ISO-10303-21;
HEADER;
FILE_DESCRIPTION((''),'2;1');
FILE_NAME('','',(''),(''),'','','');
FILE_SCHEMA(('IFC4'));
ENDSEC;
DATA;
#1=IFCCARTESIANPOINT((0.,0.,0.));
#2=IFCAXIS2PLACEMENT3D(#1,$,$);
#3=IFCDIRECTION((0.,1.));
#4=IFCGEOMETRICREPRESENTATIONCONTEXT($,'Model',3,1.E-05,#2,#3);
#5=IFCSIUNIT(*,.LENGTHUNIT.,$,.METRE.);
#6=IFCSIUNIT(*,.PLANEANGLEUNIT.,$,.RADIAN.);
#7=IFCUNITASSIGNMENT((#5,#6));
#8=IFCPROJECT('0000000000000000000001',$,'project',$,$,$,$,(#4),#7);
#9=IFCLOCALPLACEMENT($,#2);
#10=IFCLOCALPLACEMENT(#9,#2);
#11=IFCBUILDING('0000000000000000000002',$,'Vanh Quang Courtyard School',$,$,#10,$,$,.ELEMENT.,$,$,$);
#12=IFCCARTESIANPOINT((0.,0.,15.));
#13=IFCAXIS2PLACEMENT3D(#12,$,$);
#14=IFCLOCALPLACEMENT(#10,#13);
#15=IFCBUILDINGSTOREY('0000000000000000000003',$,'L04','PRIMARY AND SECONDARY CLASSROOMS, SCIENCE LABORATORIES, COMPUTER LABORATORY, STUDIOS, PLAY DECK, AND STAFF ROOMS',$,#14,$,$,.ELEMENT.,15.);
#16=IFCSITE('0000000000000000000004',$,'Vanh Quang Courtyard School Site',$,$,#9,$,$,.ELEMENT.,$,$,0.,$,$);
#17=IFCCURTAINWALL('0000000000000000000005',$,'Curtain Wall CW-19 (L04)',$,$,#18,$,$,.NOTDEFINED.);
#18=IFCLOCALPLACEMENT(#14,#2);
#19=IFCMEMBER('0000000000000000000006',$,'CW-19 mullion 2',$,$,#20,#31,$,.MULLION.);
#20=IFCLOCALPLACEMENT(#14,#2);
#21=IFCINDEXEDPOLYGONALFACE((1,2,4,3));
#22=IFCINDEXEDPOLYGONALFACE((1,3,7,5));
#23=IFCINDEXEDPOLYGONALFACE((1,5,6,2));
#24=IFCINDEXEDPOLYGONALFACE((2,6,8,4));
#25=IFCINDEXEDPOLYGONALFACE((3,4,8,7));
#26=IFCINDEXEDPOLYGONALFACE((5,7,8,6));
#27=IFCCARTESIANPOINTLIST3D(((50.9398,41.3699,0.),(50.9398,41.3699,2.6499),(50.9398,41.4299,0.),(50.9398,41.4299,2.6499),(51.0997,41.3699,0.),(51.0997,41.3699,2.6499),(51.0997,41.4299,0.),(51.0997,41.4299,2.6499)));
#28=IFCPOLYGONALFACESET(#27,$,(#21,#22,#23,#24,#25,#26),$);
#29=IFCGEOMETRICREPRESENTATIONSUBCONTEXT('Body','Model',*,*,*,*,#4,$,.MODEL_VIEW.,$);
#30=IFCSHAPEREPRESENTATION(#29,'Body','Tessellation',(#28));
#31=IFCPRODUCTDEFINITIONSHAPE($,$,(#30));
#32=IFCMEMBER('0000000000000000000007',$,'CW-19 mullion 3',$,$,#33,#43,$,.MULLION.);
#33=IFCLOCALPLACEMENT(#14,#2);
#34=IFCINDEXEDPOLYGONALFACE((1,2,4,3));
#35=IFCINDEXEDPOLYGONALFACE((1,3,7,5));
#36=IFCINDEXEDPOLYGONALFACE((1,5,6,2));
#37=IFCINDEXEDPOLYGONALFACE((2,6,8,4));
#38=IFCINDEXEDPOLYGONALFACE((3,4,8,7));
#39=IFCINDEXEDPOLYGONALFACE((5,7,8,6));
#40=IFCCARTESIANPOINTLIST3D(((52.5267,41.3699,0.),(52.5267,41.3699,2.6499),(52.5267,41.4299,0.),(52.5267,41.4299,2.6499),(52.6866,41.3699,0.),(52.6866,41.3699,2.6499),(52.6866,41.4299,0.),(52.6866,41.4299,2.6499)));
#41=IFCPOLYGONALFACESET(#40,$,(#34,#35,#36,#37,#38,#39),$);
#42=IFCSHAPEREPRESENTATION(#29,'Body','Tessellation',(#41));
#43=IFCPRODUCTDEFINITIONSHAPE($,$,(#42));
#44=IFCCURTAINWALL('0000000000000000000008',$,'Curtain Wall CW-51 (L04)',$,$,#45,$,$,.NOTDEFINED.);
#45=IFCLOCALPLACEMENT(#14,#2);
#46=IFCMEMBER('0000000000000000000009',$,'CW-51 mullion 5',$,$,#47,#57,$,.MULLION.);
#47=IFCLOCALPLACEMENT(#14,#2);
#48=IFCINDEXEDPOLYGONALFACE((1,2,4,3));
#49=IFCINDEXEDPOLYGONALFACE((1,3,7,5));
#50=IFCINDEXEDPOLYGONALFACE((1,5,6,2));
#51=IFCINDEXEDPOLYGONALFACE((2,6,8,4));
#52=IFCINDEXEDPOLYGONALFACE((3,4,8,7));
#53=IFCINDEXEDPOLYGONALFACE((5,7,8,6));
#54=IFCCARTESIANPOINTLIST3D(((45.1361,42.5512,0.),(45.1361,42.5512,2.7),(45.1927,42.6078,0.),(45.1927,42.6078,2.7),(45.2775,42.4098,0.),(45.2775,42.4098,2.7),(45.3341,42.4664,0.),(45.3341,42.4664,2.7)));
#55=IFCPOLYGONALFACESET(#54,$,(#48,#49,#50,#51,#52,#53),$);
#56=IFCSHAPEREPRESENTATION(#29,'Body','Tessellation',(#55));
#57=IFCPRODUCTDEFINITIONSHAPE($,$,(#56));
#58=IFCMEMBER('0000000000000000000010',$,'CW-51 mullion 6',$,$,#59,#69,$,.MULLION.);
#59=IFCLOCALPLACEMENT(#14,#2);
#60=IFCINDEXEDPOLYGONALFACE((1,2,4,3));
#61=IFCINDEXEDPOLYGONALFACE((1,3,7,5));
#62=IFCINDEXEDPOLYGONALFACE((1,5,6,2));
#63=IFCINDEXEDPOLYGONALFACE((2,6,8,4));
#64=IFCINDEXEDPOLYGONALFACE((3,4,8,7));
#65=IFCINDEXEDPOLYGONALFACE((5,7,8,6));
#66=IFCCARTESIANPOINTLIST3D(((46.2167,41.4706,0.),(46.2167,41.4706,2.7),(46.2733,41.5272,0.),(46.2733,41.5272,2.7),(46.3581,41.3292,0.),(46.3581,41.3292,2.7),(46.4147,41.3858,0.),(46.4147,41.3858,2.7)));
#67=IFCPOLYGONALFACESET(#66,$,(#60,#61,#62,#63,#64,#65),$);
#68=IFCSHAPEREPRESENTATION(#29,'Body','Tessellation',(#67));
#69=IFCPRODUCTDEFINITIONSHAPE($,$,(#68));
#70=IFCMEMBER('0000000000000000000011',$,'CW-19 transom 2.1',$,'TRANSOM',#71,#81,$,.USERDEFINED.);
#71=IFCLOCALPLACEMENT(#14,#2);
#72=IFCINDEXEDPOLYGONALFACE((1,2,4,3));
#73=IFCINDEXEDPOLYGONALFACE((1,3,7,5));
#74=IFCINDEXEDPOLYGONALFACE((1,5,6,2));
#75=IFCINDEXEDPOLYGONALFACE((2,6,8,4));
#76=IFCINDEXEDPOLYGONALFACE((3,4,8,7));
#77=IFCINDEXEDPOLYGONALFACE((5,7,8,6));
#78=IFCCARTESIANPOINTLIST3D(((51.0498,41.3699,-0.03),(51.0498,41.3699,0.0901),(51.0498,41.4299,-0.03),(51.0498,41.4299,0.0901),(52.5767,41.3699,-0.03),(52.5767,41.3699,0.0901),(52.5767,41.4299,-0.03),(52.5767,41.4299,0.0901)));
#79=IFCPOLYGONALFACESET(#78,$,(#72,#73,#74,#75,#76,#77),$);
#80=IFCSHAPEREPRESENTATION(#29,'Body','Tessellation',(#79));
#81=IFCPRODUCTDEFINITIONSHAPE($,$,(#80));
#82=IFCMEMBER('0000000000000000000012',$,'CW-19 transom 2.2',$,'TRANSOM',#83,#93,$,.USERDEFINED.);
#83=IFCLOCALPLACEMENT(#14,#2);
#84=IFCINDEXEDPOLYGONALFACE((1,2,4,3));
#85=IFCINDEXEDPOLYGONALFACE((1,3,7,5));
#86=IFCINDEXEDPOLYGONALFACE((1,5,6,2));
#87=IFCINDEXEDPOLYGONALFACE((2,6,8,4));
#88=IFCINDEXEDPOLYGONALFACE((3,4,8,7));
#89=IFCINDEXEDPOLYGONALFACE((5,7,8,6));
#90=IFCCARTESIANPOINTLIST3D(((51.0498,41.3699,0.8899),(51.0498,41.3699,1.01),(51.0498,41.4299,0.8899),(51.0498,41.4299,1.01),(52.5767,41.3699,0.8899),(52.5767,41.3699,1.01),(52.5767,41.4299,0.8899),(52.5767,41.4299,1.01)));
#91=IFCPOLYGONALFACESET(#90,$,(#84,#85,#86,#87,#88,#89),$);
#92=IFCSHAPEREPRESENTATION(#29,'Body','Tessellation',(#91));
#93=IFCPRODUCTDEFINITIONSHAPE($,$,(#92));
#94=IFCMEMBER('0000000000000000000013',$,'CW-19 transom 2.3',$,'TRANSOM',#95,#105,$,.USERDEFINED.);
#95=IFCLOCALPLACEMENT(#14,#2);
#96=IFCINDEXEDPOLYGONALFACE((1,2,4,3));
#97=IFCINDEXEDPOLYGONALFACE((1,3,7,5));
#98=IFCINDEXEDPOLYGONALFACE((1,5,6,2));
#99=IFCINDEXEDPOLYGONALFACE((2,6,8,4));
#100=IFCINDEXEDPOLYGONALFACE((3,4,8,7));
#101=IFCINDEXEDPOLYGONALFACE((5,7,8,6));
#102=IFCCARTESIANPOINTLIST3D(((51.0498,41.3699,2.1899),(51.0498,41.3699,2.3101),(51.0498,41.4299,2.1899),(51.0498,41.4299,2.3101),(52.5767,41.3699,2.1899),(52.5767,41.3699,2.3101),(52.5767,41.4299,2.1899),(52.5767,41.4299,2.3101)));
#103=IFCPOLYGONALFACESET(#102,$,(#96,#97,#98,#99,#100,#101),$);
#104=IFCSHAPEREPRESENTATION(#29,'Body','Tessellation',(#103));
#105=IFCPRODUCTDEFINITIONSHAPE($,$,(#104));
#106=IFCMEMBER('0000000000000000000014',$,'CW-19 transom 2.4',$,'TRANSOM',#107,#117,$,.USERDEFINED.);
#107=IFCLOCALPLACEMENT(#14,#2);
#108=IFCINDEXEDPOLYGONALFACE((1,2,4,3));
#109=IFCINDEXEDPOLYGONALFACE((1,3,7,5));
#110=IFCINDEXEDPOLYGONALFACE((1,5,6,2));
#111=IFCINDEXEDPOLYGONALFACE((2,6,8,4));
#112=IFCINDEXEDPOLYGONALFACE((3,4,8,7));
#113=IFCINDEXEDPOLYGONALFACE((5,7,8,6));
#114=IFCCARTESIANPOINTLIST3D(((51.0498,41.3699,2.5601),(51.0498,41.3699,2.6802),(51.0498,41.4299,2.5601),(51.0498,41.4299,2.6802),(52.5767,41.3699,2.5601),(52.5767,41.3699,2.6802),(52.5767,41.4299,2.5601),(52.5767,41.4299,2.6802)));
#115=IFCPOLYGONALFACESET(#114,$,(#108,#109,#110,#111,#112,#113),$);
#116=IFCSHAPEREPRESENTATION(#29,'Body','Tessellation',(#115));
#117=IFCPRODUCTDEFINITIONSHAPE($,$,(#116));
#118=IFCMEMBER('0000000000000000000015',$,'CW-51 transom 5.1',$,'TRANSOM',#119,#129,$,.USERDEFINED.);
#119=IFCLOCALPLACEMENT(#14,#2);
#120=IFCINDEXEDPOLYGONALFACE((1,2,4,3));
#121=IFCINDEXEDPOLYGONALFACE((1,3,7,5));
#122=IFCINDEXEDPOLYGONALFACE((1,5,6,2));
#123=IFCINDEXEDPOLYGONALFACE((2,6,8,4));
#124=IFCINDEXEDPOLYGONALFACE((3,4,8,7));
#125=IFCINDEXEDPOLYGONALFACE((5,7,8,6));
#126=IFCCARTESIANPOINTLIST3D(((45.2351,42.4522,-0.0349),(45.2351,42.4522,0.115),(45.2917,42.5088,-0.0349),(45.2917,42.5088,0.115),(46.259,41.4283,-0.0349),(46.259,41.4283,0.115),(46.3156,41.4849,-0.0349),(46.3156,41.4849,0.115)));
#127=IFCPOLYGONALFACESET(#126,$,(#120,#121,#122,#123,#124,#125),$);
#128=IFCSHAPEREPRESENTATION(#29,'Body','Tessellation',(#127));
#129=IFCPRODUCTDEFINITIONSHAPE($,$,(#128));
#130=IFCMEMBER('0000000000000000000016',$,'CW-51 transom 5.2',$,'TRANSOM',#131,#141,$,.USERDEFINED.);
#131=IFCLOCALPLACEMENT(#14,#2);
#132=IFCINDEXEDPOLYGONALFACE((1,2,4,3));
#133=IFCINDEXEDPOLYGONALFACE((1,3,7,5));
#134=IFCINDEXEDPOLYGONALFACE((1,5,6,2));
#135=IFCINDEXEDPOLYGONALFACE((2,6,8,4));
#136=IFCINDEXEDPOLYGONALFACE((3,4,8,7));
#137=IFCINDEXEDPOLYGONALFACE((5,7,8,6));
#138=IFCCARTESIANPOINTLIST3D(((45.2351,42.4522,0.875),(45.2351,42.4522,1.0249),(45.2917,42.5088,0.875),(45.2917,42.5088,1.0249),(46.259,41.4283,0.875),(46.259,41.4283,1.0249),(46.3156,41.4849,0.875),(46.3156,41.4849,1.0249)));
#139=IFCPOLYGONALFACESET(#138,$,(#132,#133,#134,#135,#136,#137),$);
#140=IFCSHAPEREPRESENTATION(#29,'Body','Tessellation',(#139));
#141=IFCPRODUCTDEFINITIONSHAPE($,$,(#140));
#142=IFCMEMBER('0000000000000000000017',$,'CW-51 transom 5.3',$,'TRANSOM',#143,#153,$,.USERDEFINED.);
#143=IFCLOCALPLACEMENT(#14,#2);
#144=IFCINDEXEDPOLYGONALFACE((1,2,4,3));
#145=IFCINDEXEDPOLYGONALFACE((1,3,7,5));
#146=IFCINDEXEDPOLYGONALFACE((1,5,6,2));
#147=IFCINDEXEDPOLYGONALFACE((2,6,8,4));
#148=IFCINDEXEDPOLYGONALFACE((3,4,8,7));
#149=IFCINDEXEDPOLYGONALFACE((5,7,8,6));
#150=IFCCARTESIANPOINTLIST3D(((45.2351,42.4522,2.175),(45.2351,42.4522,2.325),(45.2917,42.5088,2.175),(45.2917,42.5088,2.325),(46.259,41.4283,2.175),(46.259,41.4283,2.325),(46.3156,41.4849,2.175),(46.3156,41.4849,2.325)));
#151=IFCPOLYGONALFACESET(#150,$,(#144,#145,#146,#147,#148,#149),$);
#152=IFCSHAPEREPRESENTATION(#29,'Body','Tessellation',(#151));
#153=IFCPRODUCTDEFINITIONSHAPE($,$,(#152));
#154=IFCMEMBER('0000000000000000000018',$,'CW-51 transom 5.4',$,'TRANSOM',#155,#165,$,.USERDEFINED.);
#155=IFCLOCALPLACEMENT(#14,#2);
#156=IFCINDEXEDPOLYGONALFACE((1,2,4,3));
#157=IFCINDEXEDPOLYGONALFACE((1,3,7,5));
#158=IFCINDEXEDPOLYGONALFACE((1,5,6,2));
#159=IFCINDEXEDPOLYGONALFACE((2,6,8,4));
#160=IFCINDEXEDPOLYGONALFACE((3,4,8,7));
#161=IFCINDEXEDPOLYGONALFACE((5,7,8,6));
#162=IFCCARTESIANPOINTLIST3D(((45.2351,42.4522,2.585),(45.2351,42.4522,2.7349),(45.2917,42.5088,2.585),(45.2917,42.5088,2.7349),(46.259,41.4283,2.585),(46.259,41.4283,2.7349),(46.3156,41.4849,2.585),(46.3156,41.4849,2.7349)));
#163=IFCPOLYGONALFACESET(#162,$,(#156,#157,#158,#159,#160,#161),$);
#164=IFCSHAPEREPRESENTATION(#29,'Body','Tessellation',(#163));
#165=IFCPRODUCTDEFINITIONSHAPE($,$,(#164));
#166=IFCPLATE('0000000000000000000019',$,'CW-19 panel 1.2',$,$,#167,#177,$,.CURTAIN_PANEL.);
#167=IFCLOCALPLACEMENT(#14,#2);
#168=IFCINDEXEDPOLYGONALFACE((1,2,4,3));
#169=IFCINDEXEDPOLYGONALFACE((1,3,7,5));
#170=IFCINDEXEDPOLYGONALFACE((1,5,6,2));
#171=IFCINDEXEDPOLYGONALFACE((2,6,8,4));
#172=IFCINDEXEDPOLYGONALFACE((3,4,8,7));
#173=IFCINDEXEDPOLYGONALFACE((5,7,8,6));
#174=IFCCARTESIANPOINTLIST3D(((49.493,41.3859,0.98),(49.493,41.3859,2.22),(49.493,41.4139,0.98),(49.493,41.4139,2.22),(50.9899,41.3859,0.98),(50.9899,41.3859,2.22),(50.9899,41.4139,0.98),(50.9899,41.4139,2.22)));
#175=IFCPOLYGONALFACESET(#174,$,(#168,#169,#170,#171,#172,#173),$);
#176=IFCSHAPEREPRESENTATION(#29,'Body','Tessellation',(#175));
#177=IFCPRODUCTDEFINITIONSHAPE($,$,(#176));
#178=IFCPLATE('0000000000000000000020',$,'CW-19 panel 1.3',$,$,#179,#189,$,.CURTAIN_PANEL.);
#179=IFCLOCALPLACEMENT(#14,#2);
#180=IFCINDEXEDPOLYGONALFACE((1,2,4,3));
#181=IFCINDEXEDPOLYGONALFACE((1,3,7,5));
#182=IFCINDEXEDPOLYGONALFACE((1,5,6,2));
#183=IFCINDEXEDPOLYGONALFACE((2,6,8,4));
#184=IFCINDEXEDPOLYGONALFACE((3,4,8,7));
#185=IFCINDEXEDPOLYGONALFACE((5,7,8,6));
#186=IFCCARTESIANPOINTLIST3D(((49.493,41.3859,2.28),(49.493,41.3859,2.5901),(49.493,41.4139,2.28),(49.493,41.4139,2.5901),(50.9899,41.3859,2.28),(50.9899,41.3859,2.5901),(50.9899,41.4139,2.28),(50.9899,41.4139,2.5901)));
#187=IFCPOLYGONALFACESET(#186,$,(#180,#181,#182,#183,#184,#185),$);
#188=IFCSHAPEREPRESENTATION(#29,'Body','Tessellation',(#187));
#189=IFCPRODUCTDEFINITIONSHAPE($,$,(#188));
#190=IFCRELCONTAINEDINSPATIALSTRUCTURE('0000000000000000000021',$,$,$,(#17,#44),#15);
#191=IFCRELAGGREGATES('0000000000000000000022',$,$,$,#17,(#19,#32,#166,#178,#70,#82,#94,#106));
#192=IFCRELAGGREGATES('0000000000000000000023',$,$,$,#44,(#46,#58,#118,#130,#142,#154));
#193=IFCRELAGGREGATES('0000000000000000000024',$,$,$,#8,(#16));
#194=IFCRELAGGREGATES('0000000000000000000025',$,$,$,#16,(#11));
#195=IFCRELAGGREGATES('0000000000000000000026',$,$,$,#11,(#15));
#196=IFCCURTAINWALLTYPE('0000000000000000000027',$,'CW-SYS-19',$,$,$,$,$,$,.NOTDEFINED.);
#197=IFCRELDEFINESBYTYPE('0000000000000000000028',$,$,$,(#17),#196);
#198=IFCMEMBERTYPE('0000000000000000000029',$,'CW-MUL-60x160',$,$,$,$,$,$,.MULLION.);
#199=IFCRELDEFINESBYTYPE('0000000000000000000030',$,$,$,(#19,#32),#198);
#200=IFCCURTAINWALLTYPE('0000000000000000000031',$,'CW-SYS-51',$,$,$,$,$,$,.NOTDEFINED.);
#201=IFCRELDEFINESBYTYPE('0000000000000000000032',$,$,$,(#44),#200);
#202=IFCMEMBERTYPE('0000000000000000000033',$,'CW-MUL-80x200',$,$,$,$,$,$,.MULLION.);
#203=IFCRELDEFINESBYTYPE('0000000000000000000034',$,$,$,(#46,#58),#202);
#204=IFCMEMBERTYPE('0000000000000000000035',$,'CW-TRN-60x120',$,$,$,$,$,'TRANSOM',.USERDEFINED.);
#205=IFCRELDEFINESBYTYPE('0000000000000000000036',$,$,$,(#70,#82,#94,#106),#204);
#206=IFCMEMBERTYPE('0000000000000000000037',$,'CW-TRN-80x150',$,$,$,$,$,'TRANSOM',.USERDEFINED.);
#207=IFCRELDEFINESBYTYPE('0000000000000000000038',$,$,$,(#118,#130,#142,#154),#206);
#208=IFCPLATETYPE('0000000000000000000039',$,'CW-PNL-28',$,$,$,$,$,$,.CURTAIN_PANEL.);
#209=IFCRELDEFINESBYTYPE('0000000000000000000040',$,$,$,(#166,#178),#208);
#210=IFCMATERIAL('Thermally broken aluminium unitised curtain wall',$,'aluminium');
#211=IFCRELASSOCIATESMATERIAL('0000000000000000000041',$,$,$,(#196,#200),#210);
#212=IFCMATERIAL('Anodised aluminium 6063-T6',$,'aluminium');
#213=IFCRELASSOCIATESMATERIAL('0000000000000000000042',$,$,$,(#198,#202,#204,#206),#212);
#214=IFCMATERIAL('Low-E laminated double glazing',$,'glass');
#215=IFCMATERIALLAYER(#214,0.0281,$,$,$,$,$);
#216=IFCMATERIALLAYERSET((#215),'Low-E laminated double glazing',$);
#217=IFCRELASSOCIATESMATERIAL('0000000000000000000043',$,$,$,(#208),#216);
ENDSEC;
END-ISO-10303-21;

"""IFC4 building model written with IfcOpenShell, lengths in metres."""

from ifc_helpers import new_model, si_unit, direction, frame, origin, origin_2d, place, context, subcontext, project, spatial, rectangle, extrude, material, layer, layer_set, material_profile, profile_set, type_object, element, aggregate, save


model = new_model("IFC4")

# Units and contexts
model_context = context("Model", 3, precision=1e-05, world=origin(), true_north=direction((0.0, 1.0)))
body_context = subcontext(model_context, "Body", "Model", "MODEL_VIEW")
ifc_project = project(units=[si_unit("LENGTHUNIT", "METRE"), si_unit("PLANEANGLEUNIT", "RADIAN")], contexts=[model_context])

# Site, building, storey
site_placement = place(None, origin())
site = spatial("IfcSite", under=ifc_project, at=site_placement, Name="Vanh Quang Courtyard School Site", CompositionType="ELEMENT", RefElevation=0.0)
building_placement = place(site_placement, origin())
building = spatial("IfcBuilding", under=site, at=building_placement, Name="Vanh Quang Courtyard School", CompositionType="ELEMENT")
storey_placement = place(building_placement, frame((0.0, 0.0, 15.0)))
storey = spatial("IfcBuildingStorey", under=building, at=storey_placement, Name="L04", Description="PRIMARY AND SECONDARY CLASSROOMS, SCIENCE LABORATORIES, COMPUTER LABORATORY, STUDIOS, PLAY DECK, AND STAFF ROOMS", CompositionType="ELEMENT", Elevation=15.0)

# Curtain walls, members
ifc_material_1 = material(Name="Thermally broken aluminium unitised curtain wall", Category="aluminium")
curtain_wall_type_1 = type_object("IfcCurtainWallType", Name="CW-SYS-19", PredefinedType="NOTDEFINED", material=ifc_material_1)
curtain_wall_1_placement = place(storey_placement, origin())
curtain_wall_1 = element("IfcCurtainWall", 1, at=curtain_wall_1_placement, inside=storey, type_object=curtain_wall_type_1, Name="Curtain Wall CW-19 (L04)", PredefinedType="NOTDEFINED")
ifc_material_2 = material(Name="Anodised aluminium 6063-T6", Category="aluminium")
ifc_material_profile_1 = material_profile(ifc_material_2, rectangle(XDim=0.0601, YDim=0.1599, at=origin_2d()), Name="ALU-MUL 60x160")
ifc_profile_set_1 = profile_set([ifc_material_profile_1], Name="Anodised aluminium 6063-T6")
member_type_1 = type_object("IfcMemberType", Name="CW-MUL-60x160", PredefinedType="MULLION", material=ifc_profile_set_1)
member_1_placement = place(storey_placement, frame((51.0198, 41.3999, 0.0), z_axis=(0.0, 0.0, 1.0), x_axis=(0.0, 1.0, 0.0)))
member_1 = element("IfcMember", 2, at=member_1_placement, type_object=member_type_1, Name="CW-19 mullion 2", PredefinedType="MULLION", context=body_context, shape_type="SweptSolid", body=[
    extrude(rectangle(XDim=0.0601, YDim=0.1599, at=origin_2d()), origin(), (0.0, 0.0, 1.0), 2.6499),
])
member_2_placement = place(storey_placement, frame((52.6067, 41.3999, 0.0), z_axis=(0.0, 0.0, 1.0), x_axis=(0.0, 1.0, 0.0)))
member_2 = element("IfcMember", 3, at=member_2_placement, type_object=member_type_1, Name="CW-19 mullion 3", PredefinedType="MULLION", context=body_context, shape_type="SweptSolid", body=[
    extrude(rectangle(XDim=0.0601, YDim=0.1599, at=origin_2d()), origin(), (0.0, 0.0, 1.0), 2.6499),
])
curtain_wall_type_2 = type_object("IfcCurtainWallType", Name="CW-SYS-51", PredefinedType="NOTDEFINED", material=ifc_material_1)
curtain_wall_2_placement = place(storey_placement, origin())
curtain_wall_2 = element("IfcCurtainWall", 4, at=curtain_wall_2_placement, inside=storey, type_object=curtain_wall_type_2, Name="Curtain Wall CW-51 (L04)", PredefinedType="NOTDEFINED")
ifc_material_profile_2 = material_profile(ifc_material_2, rectangle(XDim=0.0801, YDim=0.2, at=origin_2d()), Name="ALU-MUL 80x200")
ifc_profile_set_2 = profile_set([ifc_material_profile_2], Name="Anodised aluminium 6063-T6")
member_type_2 = type_object("IfcMemberType", Name="CW-MUL-80x200", PredefinedType="MULLION", material=ifc_profile_set_2)
member_3_placement = place(storey_placement, frame((45.2351, 42.5088, 0.0), z_axis=(0.0, 0.0, 1.0), x_axis=(0.707107, 0.707107, 0.0)))
member_3 = element("IfcMember", 5, at=member_3_placement, type_object=member_type_2, Name="CW-51 mullion 5", PredefinedType="MULLION", context=body_context, shape_type="SweptSolid", body=[
    extrude(rectangle(XDim=0.0801, YDim=0.2, at=origin_2d()), origin(), (0.0, 0.0, 1.0), 2.7),
])
member_4_placement = place(storey_placement, frame((46.3157, 41.4282, 0.0), z_axis=(0.0, 0.0, 1.0), x_axis=(0.707107, 0.707107, 0.0)))
member_4 = element("IfcMember", 6, at=member_4_placement, type_object=member_type_2, Name="CW-51 mullion 6", PredefinedType="MULLION", context=body_context, shape_type="SweptSolid", body=[
    extrude(rectangle(XDim=0.0801, YDim=0.2, at=origin_2d()), origin(), (0.0, 0.0, 1.0), 2.7),
])

# Members
ifc_material_profile_3 = material_profile(ifc_material_2, rectangle(XDim=0.0601, YDim=0.1201, at=origin_2d()), Name="ALU-TRN 60x120")
ifc_profile_set_3 = profile_set([ifc_material_profile_3], Name="Anodised aluminium 6063-T6")
member_type_3 = type_object("IfcMemberType", Name="CW-TRN-60x120", ElementType="TRANSOM", PredefinedType="USERDEFINED", material=ifc_profile_set_3)
member_5_placement = place(storey_placement, frame((51.0498, 41.3999, 0.03), z_axis=(1.0, 0.0, 0.0), x_axis=(0.0, 1.0, 0.0)))
member_5 = element("IfcMember", 7, at=member_5_placement, type_object=member_type_3, Name="CW-19 transom 2.1", ObjectType="TRANSOM", PredefinedType="USERDEFINED", context=body_context, shape_type="SweptSolid", body=[
    extrude(rectangle(XDim=0.0601, YDim=0.1201, at=origin_2d()), origin(), (0.0, 0.0, 1.0), 1.5269),
])
member_6_placement = place(storey_placement, frame((51.0498, 41.3999, 0.95), z_axis=(1.0, 0.0, 0.0), x_axis=(0.0, 1.0, 0.0)))
member_6 = element("IfcMember", 8, at=member_6_placement, type_object=member_type_3, Name="CW-19 transom 2.2", ObjectType="TRANSOM", PredefinedType="USERDEFINED", context=body_context, shape_type="SweptSolid", body=[
    extrude(rectangle(XDim=0.0601, YDim=0.1201, at=origin_2d()), origin(), (0.0, 0.0, 1.0), 1.5269),
])
member_7_placement = place(storey_placement, frame((51.0498, 41.3999, 2.25), z_axis=(1.0, 0.0, 0.0), x_axis=(0.0, 1.0, 0.0)))
member_7 = element("IfcMember", 9, at=member_7_placement, type_object=member_type_3, Name="CW-19 transom 2.3", ObjectType="TRANSOM", PredefinedType="USERDEFINED", context=body_context, shape_type="SweptSolid", body=[
    extrude(rectangle(XDim=0.0601, YDim=0.1201, at=origin_2d()), origin(), (0.0, 0.0, 1.0), 1.5269),
])
member_8_placement = place(storey_placement, frame((51.0498, 41.3999, 2.6201), z_axis=(1.0, 0.0, 0.0), x_axis=(0.0, 1.0, 0.0)))
member_8 = element("IfcMember", 10, at=member_8_placement, type_object=member_type_3, Name="CW-19 transom 2.4", ObjectType="TRANSOM", PredefinedType="USERDEFINED", context=body_context, shape_type="SweptSolid", body=[
    extrude(rectangle(XDim=0.0601, YDim=0.1201, at=origin_2d()), origin(), (0.0, 0.0, 1.0), 1.5269),
])
ifc_material_profile_4 = material_profile(ifc_material_2, rectangle(XDim=0.0801, YDim=0.1499, at=origin_2d()), Name="ALU-TRN 80x150")
ifc_profile_set_4 = profile_set([ifc_material_profile_4], Name="Anodised aluminium 6063-T6")
member_type_4 = type_object("IfcMemberType", Name="CW-TRN-80x150", ElementType="TRANSOM", PredefinedType="USERDEFINED", material=ifc_profile_set_4)
member_9_placement = place(storey_placement, frame((45.2634, 42.4805, 0.04), z_axis=(0.707107, -0.707107, 0.0), x_axis=(0.707107, 0.707107, 0.0)))
member_9 = element("IfcMember", 11, at=member_9_placement, type_object=member_type_4, Name="CW-51 transom 5.1", ObjectType="TRANSOM", PredefinedType="USERDEFINED", context=body_context, shape_type="SweptSolid", body=[
    extrude(rectangle(XDim=0.0801, YDim=0.1499, at=origin_2d()), origin(), (0.0, 0.0, 1.0), 1.448),
])
member_10_placement = place(storey_placement, frame((45.2634, 42.4805, 0.95), z_axis=(0.707107, -0.707107, 0.0), x_axis=(0.707107, 0.707107, 0.0)))
member_10 = element("IfcMember", 12, at=member_10_placement, type_object=member_type_4, Name="CW-51 transom 5.2", ObjectType="TRANSOM", PredefinedType="USERDEFINED", context=body_context, shape_type="SweptSolid", body=[
    extrude(rectangle(XDim=0.0801, YDim=0.1499, at=origin_2d()), origin(), (0.0, 0.0, 1.0), 1.448),
])
member_11_placement = place(storey_placement, frame((45.2634, 42.4805, 2.25), z_axis=(0.707107, -0.707107, 0.0), x_axis=(0.707107, 0.707107, 0.0)))
member_11 = element("IfcMember", 13, at=member_11_placement, type_object=member_type_4, Name="CW-51 transom 5.3", ObjectType="TRANSOM", PredefinedType="USERDEFINED", context=body_context, shape_type="SweptSolid", body=[
    extrude(rectangle(XDim=0.0801, YDim=0.1499, at=origin_2d()), origin(), (0.0, 0.0, 1.0), 1.448),
])
member_12_placement = place(storey_placement, frame((45.2634, 42.4805, 2.6599), z_axis=(0.707107, -0.707107, 0.0), x_axis=(0.707107, 0.707107, 0.0)))
member_12 = element("IfcMember", 14, at=member_12_placement, type_object=member_type_4, Name="CW-51 transom 5.4", ObjectType="TRANSOM", PredefinedType="USERDEFINED", context=body_context, shape_type="SweptSolid", body=[
    extrude(rectangle(XDim=0.0801, YDim=0.1499, at=origin_2d()), origin(), (0.0, 0.0, 1.0), 1.448),
])

# Plates
ifc_material_3 = material(Name="Low-E laminated double glazing", Category="glass")
ifc_layer_1 = layer(ifc_material_3, 0.0281)
ifc_layer_set_1 = layer_set([ifc_layer_1], Name="Low-E laminated double glazing")
plate_type_1 = type_object("IfcPlateType", Name="CW-PNL-28", PredefinedType="CURTAIN_PANEL", material=ifc_layer_set_1)
plate_1_placement = place(storey_placement, frame((50.2415, 41.3999, 0.98), z_axis=(0.0, 0.0, 1.0), x_axis=(1.0, 0.0, 0.0)))
plate_1 = element("IfcPlate", 15, at=plate_1_placement, type_object=plate_type_1, Name="CW-19 panel 1.2", PredefinedType="CURTAIN_PANEL", context=body_context, shape_type="SweptSolid", body=[
    extrude(rectangle(XDim=1.4968, YDim=0.0281, at=origin_2d()), origin(), (0.0, 0.0, 1.0), 1.24),
])
plate_2_placement = place(storey_placement, frame((50.2415, 41.3999, 2.28), z_axis=(0.0, 0.0, 1.0), x_axis=(1.0, 0.0, 0.0)))
plate_2 = element("IfcPlate", 16, at=plate_2_placement, type_object=plate_type_1, Name="CW-19 panel 1.3", PredefinedType="CURTAIN_PANEL", context=body_context, shape_type="SweptSolid", body=[
    extrude(rectangle(XDim=1.4968, YDim=0.0281, at=origin_2d()), origin(), (0.0, 0.0, 1.0), 0.3101),
])
aggregate(curtain_wall_1, [member_1, member_2, plate_1, plate_2, member_5, member_6, member_7, member_8])
aggregate(curtain_wall_2, [member_3, member_4, member_9, member_10, member_11, member_12])

save(model, "model.ifc")
